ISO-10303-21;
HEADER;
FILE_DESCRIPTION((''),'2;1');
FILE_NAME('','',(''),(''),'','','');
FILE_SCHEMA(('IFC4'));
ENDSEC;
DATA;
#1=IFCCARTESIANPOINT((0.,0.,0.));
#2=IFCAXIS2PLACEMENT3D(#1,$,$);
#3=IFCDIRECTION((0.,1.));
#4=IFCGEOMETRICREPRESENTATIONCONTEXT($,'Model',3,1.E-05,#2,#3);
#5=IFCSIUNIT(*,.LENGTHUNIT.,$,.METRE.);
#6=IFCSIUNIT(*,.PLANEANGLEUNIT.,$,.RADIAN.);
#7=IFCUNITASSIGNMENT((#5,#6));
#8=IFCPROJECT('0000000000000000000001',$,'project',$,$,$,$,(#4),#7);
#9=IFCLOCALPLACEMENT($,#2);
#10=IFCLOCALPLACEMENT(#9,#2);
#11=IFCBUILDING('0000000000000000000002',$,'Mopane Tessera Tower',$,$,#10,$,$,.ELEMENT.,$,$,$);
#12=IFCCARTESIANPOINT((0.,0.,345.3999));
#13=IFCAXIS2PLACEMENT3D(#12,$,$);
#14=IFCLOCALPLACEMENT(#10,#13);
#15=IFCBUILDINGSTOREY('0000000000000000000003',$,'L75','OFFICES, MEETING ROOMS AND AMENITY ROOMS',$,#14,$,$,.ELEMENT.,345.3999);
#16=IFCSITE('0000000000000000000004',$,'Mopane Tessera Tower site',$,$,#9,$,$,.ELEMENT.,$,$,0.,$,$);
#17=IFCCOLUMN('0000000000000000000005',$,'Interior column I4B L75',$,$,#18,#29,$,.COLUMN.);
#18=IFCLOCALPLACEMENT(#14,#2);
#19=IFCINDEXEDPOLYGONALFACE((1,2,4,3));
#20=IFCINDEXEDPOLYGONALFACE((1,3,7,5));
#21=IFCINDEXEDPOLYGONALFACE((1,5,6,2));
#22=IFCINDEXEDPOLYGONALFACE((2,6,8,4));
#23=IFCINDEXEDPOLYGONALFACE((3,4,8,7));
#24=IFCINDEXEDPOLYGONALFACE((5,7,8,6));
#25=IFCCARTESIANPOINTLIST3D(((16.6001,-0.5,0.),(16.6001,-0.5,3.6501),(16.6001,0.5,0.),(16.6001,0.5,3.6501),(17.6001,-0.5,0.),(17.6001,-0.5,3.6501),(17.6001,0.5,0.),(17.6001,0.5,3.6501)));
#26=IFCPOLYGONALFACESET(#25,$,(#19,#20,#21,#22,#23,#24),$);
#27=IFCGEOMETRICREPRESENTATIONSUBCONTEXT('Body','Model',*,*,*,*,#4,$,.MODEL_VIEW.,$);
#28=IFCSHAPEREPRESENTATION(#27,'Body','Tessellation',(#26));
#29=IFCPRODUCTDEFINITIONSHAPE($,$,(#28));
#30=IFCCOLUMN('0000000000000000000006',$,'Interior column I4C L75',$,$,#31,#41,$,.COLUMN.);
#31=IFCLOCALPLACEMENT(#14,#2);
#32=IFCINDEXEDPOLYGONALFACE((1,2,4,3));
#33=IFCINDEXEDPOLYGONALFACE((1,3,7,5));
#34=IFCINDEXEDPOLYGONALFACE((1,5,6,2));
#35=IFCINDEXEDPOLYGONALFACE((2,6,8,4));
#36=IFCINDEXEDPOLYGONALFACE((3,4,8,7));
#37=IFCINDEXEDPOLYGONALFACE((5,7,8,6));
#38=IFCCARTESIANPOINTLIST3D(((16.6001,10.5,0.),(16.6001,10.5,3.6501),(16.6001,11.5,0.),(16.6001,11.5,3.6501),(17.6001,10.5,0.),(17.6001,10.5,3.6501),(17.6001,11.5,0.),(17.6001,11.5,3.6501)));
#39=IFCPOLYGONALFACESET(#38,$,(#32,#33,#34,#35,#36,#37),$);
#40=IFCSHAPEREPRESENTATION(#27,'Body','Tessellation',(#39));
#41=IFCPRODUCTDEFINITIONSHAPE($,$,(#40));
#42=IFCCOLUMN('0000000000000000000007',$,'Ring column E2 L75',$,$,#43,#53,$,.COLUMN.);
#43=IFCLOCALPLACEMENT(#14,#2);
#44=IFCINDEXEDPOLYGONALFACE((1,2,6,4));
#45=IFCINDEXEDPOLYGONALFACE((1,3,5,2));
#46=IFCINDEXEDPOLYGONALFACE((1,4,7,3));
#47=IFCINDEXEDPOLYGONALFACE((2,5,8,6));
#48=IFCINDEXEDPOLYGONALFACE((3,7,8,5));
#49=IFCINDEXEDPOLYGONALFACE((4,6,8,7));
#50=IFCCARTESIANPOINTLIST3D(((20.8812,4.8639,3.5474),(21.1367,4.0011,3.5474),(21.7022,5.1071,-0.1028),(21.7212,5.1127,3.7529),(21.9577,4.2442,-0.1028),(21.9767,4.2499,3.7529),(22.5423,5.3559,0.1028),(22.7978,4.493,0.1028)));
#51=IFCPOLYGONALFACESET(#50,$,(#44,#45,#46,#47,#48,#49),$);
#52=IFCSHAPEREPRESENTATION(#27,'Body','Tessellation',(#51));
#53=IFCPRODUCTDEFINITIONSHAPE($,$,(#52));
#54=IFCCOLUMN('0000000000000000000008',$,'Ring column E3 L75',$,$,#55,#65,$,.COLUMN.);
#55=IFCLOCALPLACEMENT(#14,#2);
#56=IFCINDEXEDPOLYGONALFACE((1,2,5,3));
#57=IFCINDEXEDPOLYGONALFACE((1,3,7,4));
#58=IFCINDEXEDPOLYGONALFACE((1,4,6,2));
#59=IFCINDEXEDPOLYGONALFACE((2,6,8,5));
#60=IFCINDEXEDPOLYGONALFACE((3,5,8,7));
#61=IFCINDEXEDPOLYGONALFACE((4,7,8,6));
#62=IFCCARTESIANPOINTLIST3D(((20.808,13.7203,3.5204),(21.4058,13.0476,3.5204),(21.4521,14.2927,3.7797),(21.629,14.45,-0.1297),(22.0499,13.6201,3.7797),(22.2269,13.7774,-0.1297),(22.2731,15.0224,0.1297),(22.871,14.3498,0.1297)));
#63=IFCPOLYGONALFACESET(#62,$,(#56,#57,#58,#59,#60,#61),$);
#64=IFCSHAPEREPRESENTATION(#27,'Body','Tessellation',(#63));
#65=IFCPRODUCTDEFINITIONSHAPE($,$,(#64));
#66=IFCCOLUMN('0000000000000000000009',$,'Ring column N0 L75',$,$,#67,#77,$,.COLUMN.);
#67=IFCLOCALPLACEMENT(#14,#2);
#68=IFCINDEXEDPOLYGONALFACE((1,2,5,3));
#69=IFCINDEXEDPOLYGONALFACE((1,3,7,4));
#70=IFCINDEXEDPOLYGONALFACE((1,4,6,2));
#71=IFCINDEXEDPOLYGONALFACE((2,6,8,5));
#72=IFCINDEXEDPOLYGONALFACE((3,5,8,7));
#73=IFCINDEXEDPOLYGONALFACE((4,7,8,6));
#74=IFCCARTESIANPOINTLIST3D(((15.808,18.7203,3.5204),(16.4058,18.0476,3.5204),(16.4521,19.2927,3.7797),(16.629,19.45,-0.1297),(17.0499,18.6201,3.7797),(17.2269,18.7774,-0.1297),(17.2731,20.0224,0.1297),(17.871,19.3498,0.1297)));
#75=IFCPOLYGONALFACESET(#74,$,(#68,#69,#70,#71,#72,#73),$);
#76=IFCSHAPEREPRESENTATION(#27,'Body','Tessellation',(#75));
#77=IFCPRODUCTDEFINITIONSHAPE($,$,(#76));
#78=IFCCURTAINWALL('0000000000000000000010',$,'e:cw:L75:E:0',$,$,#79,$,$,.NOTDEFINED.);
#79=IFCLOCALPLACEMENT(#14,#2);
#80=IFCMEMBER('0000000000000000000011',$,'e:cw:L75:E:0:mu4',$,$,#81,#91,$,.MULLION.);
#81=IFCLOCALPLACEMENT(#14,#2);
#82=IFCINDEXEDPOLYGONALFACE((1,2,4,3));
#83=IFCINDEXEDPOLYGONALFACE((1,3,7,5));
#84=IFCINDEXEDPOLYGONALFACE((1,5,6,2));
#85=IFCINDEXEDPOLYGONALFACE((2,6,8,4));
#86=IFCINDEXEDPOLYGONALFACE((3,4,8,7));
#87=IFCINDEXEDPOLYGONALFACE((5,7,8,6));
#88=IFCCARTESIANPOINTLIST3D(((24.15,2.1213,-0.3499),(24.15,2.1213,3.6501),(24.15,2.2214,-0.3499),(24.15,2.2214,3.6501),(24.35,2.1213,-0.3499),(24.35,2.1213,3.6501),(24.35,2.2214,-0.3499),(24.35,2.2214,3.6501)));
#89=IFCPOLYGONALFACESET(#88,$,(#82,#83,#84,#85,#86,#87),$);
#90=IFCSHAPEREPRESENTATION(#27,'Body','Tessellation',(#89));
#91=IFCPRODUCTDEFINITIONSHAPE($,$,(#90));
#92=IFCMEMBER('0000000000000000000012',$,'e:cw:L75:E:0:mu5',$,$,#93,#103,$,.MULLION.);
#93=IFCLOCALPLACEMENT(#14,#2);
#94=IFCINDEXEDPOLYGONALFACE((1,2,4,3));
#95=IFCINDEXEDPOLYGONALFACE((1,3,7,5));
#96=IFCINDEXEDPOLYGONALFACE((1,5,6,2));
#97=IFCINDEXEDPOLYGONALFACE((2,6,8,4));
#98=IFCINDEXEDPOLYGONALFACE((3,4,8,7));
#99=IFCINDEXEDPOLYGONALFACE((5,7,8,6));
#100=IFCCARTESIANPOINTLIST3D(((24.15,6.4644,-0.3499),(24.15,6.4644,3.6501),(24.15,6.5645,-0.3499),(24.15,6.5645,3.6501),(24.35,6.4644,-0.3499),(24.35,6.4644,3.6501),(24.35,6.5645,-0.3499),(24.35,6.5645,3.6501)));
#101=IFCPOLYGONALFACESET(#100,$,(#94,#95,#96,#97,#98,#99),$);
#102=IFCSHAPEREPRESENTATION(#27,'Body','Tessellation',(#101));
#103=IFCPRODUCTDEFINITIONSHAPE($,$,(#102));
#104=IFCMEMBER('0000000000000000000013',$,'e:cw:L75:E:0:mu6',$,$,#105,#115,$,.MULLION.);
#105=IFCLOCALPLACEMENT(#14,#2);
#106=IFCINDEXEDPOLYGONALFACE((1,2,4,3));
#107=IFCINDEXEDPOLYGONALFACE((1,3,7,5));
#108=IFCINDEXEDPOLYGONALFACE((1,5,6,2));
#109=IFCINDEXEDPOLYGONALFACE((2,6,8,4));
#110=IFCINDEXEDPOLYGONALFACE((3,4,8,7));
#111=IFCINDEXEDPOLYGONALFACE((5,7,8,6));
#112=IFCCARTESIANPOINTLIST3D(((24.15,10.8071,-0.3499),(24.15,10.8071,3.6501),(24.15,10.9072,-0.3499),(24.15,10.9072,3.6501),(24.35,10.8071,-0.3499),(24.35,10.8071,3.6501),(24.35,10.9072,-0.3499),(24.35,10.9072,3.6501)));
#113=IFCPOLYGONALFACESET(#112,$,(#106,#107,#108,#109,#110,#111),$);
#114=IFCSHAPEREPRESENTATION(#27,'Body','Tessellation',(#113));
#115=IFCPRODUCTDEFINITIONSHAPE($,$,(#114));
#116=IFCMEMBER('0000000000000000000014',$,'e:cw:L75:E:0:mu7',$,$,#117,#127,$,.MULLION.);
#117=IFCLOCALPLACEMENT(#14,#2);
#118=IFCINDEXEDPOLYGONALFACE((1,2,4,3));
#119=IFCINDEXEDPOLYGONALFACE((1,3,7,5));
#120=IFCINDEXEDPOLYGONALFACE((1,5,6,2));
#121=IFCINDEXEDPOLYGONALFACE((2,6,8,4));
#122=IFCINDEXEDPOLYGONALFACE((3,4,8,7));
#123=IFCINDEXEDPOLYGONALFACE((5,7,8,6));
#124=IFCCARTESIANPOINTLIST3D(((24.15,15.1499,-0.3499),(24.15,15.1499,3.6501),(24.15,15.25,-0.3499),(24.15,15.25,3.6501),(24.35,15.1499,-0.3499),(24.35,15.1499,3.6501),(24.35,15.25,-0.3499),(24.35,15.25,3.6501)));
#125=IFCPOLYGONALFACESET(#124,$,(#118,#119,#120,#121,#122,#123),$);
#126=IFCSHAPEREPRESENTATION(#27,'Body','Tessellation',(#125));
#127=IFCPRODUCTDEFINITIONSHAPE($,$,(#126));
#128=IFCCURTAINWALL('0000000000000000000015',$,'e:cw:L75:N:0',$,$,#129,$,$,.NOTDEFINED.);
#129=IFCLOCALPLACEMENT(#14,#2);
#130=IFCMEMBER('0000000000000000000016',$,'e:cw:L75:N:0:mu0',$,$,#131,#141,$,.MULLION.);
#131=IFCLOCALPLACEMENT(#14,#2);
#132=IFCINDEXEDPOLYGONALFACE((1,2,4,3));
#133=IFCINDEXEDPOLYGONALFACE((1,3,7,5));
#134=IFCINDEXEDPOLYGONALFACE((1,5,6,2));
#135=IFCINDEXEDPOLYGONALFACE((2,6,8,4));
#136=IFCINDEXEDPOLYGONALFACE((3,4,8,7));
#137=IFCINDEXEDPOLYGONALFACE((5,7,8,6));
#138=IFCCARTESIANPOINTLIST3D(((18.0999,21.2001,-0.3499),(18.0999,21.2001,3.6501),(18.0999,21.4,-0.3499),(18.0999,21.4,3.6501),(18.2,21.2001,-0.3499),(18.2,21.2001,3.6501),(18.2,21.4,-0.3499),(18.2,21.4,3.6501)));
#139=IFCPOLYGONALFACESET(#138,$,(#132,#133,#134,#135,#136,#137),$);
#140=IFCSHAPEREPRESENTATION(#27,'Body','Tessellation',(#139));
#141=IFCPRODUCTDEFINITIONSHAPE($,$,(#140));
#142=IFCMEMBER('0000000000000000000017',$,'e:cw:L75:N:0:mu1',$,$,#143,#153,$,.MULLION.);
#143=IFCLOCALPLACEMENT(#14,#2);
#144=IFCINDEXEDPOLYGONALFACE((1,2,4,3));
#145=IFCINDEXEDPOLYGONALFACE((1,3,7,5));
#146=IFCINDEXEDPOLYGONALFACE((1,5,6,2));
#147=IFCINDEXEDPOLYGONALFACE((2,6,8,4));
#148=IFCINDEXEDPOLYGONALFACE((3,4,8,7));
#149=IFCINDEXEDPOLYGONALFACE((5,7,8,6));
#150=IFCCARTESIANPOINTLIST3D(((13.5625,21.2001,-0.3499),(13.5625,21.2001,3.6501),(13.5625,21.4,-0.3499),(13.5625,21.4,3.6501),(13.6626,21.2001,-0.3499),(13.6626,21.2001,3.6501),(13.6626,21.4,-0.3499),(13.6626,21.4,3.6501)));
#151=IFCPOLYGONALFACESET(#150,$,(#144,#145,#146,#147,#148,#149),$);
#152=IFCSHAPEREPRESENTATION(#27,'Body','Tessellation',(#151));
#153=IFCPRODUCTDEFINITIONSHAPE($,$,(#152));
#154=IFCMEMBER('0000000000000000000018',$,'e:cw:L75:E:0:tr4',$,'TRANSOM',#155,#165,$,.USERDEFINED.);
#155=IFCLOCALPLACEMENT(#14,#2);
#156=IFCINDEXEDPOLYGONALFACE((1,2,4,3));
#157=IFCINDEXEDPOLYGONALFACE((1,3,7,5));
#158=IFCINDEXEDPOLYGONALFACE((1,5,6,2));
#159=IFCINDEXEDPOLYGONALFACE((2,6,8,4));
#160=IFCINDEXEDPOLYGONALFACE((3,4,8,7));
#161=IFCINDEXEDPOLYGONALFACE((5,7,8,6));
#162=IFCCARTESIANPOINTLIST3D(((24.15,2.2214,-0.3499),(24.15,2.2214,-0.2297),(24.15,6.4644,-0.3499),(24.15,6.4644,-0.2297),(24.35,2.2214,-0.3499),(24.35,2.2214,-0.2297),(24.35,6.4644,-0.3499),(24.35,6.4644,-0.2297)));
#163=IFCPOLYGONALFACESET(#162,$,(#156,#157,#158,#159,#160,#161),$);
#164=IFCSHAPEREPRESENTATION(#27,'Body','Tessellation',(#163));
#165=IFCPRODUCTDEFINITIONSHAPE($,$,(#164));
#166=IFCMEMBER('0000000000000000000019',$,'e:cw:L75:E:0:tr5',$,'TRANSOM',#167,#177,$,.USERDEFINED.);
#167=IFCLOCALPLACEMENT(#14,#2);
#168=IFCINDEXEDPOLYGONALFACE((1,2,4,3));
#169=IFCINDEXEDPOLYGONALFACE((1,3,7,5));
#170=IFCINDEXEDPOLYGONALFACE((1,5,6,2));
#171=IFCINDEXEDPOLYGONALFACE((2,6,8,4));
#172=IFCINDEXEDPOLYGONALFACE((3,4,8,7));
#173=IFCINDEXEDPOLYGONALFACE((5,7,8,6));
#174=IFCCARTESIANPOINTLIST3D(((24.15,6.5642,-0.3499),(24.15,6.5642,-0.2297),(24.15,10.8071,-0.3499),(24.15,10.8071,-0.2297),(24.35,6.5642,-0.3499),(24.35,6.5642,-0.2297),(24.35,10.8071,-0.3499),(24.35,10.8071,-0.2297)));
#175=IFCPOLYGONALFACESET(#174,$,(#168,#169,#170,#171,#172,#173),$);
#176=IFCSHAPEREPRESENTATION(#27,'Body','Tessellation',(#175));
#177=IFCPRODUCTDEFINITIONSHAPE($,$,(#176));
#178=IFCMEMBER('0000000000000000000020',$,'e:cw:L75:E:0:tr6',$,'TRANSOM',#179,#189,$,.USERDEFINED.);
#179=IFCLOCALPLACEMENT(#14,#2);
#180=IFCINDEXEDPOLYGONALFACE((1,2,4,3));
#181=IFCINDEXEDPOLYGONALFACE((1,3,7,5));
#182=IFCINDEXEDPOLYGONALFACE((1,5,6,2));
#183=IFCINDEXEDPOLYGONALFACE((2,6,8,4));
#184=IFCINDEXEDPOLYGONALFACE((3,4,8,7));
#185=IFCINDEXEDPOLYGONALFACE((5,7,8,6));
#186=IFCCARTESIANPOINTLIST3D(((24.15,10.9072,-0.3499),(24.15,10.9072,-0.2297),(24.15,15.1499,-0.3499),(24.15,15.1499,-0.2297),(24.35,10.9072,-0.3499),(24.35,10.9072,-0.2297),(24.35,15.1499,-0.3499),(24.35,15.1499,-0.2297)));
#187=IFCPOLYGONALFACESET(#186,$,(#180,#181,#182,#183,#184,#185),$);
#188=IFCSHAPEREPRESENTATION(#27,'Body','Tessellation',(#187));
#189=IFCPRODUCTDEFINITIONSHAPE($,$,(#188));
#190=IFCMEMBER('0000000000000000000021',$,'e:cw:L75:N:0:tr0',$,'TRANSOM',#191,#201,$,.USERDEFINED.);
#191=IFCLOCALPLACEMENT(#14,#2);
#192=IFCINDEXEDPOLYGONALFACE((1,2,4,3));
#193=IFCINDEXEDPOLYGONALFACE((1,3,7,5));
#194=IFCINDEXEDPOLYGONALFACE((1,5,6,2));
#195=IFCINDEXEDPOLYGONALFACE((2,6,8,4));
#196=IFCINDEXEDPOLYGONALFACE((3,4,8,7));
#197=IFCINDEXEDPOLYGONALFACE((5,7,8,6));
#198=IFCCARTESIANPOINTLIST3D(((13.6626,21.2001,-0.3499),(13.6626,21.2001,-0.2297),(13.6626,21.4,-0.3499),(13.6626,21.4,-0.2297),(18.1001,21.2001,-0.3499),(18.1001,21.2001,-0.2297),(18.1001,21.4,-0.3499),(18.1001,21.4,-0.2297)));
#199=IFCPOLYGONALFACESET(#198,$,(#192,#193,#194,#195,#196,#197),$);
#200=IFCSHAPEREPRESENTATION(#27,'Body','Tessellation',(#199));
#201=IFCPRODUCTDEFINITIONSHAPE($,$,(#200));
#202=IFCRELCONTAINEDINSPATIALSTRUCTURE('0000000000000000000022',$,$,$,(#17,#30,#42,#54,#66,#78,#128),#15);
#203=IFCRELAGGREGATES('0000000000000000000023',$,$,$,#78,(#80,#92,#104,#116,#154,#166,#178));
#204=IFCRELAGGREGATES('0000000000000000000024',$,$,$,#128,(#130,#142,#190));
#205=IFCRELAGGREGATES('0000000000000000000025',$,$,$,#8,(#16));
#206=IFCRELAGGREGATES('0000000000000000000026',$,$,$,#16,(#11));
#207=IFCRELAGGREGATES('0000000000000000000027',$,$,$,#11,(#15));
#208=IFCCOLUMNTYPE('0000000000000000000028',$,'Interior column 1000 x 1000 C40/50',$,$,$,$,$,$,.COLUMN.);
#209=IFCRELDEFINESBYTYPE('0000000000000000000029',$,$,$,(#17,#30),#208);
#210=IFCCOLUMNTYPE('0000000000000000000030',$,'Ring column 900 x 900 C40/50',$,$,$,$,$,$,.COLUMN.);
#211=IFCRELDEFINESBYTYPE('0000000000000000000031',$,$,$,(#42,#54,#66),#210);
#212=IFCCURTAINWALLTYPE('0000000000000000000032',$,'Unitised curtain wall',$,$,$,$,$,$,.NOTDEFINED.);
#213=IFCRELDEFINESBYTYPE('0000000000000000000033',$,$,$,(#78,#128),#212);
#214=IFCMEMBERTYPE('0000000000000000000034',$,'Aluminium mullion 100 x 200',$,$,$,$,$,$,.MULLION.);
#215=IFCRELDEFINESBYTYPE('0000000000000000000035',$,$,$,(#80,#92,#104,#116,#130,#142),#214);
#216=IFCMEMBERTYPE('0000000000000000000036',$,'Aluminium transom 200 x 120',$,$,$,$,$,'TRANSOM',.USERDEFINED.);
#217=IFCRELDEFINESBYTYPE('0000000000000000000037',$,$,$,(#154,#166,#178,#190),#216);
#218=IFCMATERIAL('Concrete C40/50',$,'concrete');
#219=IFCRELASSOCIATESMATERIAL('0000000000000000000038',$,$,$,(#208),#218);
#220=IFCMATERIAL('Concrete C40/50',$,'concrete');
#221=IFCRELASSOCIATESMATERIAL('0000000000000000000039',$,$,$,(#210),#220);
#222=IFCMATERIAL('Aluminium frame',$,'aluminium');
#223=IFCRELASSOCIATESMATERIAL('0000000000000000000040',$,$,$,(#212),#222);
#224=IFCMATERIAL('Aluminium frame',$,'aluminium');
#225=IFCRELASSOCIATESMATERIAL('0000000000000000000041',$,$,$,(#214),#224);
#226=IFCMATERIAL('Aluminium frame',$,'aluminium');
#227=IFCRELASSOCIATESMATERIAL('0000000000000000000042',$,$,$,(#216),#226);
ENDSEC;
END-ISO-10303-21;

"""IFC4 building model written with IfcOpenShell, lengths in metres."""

from ifc_helpers import new_model, si_unit, direction, frame, origin, origin_2d, place, context, subcontext, project, spatial, rectangle, extrude, material, material_profile, profile_set, type_object, element, aggregate, save


model = new_model("IFC4")

# Units and contexts
model_context = context("Model", 3, precision=1e-05, world=origin(), true_north=direction((0.0, 1.0)))
body_context = subcontext(model_context, "Body", "Model", "MODEL_VIEW")
ifc_project = project(units=[si_unit("LENGTHUNIT", "METRE"), si_unit("PLANEANGLEUNIT", "RADIAN")], contexts=[model_context])

# Site, building, storey
site_placement = place(None, origin())
site = spatial("IfcSite", under=ifc_project, at=site_placement, Name="Mopane Tessera Tower site", CompositionType="ELEMENT", RefElevation=0.0)
building_placement = place(site_placement, origin())
building = spatial("IfcBuilding", under=site, at=building_placement, Name="Mopane Tessera Tower", CompositionType="ELEMENT")
storey_placement = place(building_placement, frame((0.0, 0.0, 345.3999)))
storey = spatial("IfcBuildingStorey", under=building, at=storey_placement, Name="L75", Description="OFFICES, MEETING ROOMS AND AMENITY ROOMS", CompositionType="ELEMENT", Elevation=345.3999)

# Columns
ifc_material_1 = material(Name="Concrete C40/50", Category="concrete")
ifc_material_profile_1 = material_profile(ifc_material_1, rectangle(XDim=1.0, YDim=1.0, at=origin_2d()))
ifc_profile_set_1 = profile_set([ifc_material_profile_1], Name="Concrete C40/50")
column_type_1 = type_object("IfcColumnType", Name="Interior column 1000 x 1000 C40/50", PredefinedType="COLUMN", material=ifc_profile_set_1)
for number, where, z_axis, x_axis, name in (
    (1, (17.1001, 0.0, 0.0), (0.0, 0.0, 1.0), (1.0, 0.0, 0.0), "Interior column I4B L75"),
    (2, (17.1001, 11.0, 0.0), (0.0, 0.0, 1.0), (1.0, 0.0, 0.0), "Interior column I4C L75"),
):
    element("IfcColumn", number, at=place(storey_placement, frame(where, z_axis=z_axis, x_axis=x_axis)), inside=storey, type_object=column_type_1, Name=name, PredefinedType="COLUMN", context=body_context, shape_type="SweptSolid", body=[
        extrude(rectangle(XDim=1.0, YDim=1.0, at=origin_2d()), origin(), (0.0, 0.0, 1.0), 3.6501),
    ])
ifc_material_2 = material(Name="Concrete C40/50", Category="concrete")
ifc_material_profile_2 = material_profile(ifc_material_2, rectangle(XDim=0.8999, YDim=0.8999, at=origin_2d()))
ifc_profile_set_2 = profile_set([ifc_material_profile_2], Name="Concrete C40/50")
column_type_2 = type_object("IfcColumnType", Name="Ring column 900 x 900 C40/50", PredefinedType="COLUMN", material=ifc_profile_set_2)
column_placement = place(storey_placement, frame((22.25, 4.8, 0.0), z_axis=(-0.21899, -0.064857, 0.973569), x_axis=(0.283972, -0.958833, 0.0)))
element("IfcColumn", 3, at=column_placement, inside=storey, type_object=column_type_2, Name="Ring column E2 L75", PredefinedType="COLUMN", context=body_context, shape_type="SweptSolid", body=[
    extrude(rectangle(XDim=0.8999, YDim=0.8999, at=origin_2d()), origin(), (0.0, 0.0, 1.0), 3.7493),
])
for number, where, z_axis, x_axis, name in (
    (4, (22.25, 14.3999, 0.0), (-0.215393, -0.191439, 0.957579), (0.664322, -0.747446, 0.0), "Ring column E3 L75"),
    (5, (17.25, 19.3999, 0.0), (-0.215393, -0.191439, 0.957579), (0.664322, -0.747446, 0.0), "Ring column N0 L75"),
):
    element("IfcColumn", number, at=place(storey_placement, frame(where, z_axis=z_axis, x_axis=x_axis)), inside=storey, type_object=column_type_2, Name=name, PredefinedType="COLUMN", context=body_context, shape_type="SweptSolid", body=[
        extrude(rectangle(XDim=0.8999, YDim=0.8999, at=origin_2d()), origin(), (0.0, 0.0, 1.0), 3.8118),
    ])

# Curtain walls, members
ifc_material_3 = material(Name="Aluminium frame", Category="aluminium")
curtain_wall_type = type_object("IfcCurtainWallType", Name="Unitised curtain wall", PredefinedType="NOTDEFINED", material=ifc_material_3)
curtain_wall_1_placement = place(storey_placement, origin())
curtain_wall_1 = element("IfcCurtainWall", 6, at=curtain_wall_1_placement, inside=storey, type_object=curtain_wall_type, Name="e:cw:L75:E:0", PredefinedType="NOTDEFINED")
ifc_material_4 = material(Name="Aluminium frame", Category="aluminium")
ifc_material_profile_3 = material_profile(ifc_material_4, rectangle(XDim=0.1001, YDim=0.2, at=origin_2d()))
ifc_profile_set_3 = profile_set([ifc_material_profile_3], Name="Aluminium frame")
member_type_1 = type_object("IfcMemberType", Name="Aluminium mullion 100 x 200", PredefinedType="MULLION", material=ifc_profile_set_3)
member_1_placement = place(storey_placement, frame((24.25, 2.1714, -0.3499), z_axis=(0.0, 0.0, 1.0), x_axis=(0.0, 1.0, 0.0)))
member_1 = element("IfcMember", 7, at=member_1_placement, type_object=member_type_1, Name="e:cw:L75:E:0:mu4", PredefinedType="MULLION", context=body_context, shape_type="SweptSolid", body=[
    extrude(rectangle(XDim=0.1001, YDim=0.2, at=origin_2d()), origin(), (0.0, 0.0, 1.0), 4.0),
])
member_2_placement = place(storey_placement, frame((24.25, 6.5144, -0.3499), z_axis=(0.0, 0.0, 1.0), x_axis=(0.0, 1.0, 0.0)))
member_2 = element("IfcMember", 8, at=member_2_placement, type_object=member_type_1, Name="e:cw:L75:E:0:mu5", PredefinedType="MULLION", context=body_context, shape_type="SweptSolid", body=[
    extrude(rectangle(XDim=0.1001, YDim=0.2, at=origin_2d()), origin(), (0.0, 0.0, 1.0), 4.0),
])
member_3_placement = place(storey_placement, frame((24.25, 10.8572, -0.3499), z_axis=(0.0, 0.0, 1.0), x_axis=(0.0, 1.0, 0.0)))
member_3 = element("IfcMember", 9, at=member_3_placement, type_object=member_type_1, Name="e:cw:L75:E:0:mu6", PredefinedType="MULLION", context=body_context, shape_type="SweptSolid", body=[
    extrude(rectangle(XDim=0.1001, YDim=0.2, at=origin_2d()), origin(), (0.0, 0.0, 1.0), 4.0),
])
member_4_placement = place(storey_placement, frame((24.25, 15.2, -0.3499), z_axis=(0.0, 0.0, 1.0), x_axis=(0.0, 1.0, 0.0)))
member_4 = element("IfcMember", 10, at=member_4_placement, type_object=member_type_1, Name="e:cw:L75:E:0:mu7", PredefinedType="MULLION", context=body_context, shape_type="SweptSolid", body=[
    extrude(rectangle(XDim=0.1001, YDim=0.2, at=origin_2d()), origin(), (0.0, 0.0, 1.0), 4.0),
])
curtain_wall_2_placement = place(storey_placement, origin())
curtain_wall_2 = element("IfcCurtainWall", 11, at=curtain_wall_2_placement, inside=storey, type_object=curtain_wall_type, Name="e:cw:L75:N:0", PredefinedType="NOTDEFINED")
member_5_placement = place(storey_placement, frame((18.1499, 21.3, -0.3499), z_axis=(0.0, 0.0, 1.0), x_axis=(-1.0, 0.0, 0.0)))
member_5 = element("IfcMember", 12, at=member_5_placement, type_object=member_type_1, Name="e:cw:L75:N:0:mu0", PredefinedType="MULLION", context=body_context, shape_type="SweptSolid", body=[
    extrude(rectangle(XDim=0.1001, YDim=0.2, at=origin_2d()), origin(), (0.0, 0.0, 1.0), 4.0),
])
member_6_placement = place(storey_placement, frame((13.6125, 21.3, -0.3499), z_axis=(0.0, 0.0, 1.0), x_axis=(-1.0, 0.0, 0.0)))
member_6 = element("IfcMember", 13, at=member_6_placement, type_object=member_type_1, Name="e:cw:L75:N:0:mu1", PredefinedType="MULLION", context=body_context, shape_type="SweptSolid", body=[
    extrude(rectangle(XDim=0.1001, YDim=0.2, at=origin_2d()), origin(), (0.0, 0.0, 1.0), 4.0),
])

# Members
ifc_material_5 = material(Name="Aluminium frame", Category="aluminium")
ifc_material_profile_4 = material_profile(ifc_material_5, rectangle(XDim=0.2, YDim=0.1201, at=origin_2d()))
ifc_profile_set_4 = profile_set([ifc_material_profile_4], Name="Aluminium frame")
member_type_2 = type_object("IfcMemberType", Name="Aluminium transom 200 x 120", ElementType="TRANSOM", PredefinedType="USERDEFINED", material=ifc_profile_set_4)
member_7_placement = place(storey_placement, frame((24.25, 2.2214, -0.2898), z_axis=(0.0, 1.0, 0.0), x_axis=(-1.0, 0.0, 0.0)))
member_7 = element("IfcMember", 14, at=member_7_placement, type_object=member_type_2, Name="e:cw:L75:E:0:tr4", ObjectType="TRANSOM", PredefinedType="USERDEFINED", context=body_context, shape_type="SweptSolid", body=[
    extrude(rectangle(XDim=0.2, YDim=0.1201, at=origin_2d()), origin(), (0.0, 0.0, 1.0), 4.2429),
])
member_8_placement = place(storey_placement, frame((24.25, 6.5642, -0.2898), z_axis=(0.0, 1.0, 0.0), x_axis=(-1.0, 0.0, 0.0)))
member_8 = element("IfcMember", 15, at=member_8_placement, type_object=member_type_2, Name="e:cw:L75:E:0:tr5", ObjectType="TRANSOM", PredefinedType="USERDEFINED", context=body_context, shape_type="SweptSolid", body=[
    extrude(rectangle(XDim=0.2, YDim=0.1201, at=origin_2d()), origin(), (0.0, 0.0, 1.0), 4.2429),
])
member_9_placement = place(storey_placement, frame((24.25, 10.9072, -0.2898), z_axis=(0.0, 1.0, 0.0), x_axis=(-1.0, 0.0, 0.0)))
member_9 = element("IfcMember", 16, at=member_9_placement, type_object=member_type_2, Name="e:cw:L75:E:0:tr6", ObjectType="TRANSOM", PredefinedType="USERDEFINED", context=body_context, shape_type="SweptSolid", body=[
    extrude(rectangle(XDim=0.2, YDim=0.1201, at=origin_2d()), origin(), (0.0, 0.0, 1.0), 4.2427),
])
member_10_placement = place(storey_placement, frame((18.1001, 21.3, -0.2898), z_axis=(-1.0, 0.0, 0.0), x_axis=(0.0, -1.0, 0.0)))
member_10 = element("IfcMember", 17, at=member_10_placement, type_object=member_type_2, Name="e:cw:L75:N:0:tr0", ObjectType="TRANSOM", PredefinedType="USERDEFINED", context=body_context, shape_type="SweptSolid", body=[
    extrude(rectangle(XDim=0.2, YDim=0.1201, at=origin_2d()), origin(), (0.0, 0.0, 1.0), 4.4375),
])

aggregate(curtain_wall_1, [member_1, member_2, member_3, member_4, member_7, member_8, member_9])
aggregate(curtain_wall_2, [member_5, member_6, member_10])

save(model, "model.ifc")
